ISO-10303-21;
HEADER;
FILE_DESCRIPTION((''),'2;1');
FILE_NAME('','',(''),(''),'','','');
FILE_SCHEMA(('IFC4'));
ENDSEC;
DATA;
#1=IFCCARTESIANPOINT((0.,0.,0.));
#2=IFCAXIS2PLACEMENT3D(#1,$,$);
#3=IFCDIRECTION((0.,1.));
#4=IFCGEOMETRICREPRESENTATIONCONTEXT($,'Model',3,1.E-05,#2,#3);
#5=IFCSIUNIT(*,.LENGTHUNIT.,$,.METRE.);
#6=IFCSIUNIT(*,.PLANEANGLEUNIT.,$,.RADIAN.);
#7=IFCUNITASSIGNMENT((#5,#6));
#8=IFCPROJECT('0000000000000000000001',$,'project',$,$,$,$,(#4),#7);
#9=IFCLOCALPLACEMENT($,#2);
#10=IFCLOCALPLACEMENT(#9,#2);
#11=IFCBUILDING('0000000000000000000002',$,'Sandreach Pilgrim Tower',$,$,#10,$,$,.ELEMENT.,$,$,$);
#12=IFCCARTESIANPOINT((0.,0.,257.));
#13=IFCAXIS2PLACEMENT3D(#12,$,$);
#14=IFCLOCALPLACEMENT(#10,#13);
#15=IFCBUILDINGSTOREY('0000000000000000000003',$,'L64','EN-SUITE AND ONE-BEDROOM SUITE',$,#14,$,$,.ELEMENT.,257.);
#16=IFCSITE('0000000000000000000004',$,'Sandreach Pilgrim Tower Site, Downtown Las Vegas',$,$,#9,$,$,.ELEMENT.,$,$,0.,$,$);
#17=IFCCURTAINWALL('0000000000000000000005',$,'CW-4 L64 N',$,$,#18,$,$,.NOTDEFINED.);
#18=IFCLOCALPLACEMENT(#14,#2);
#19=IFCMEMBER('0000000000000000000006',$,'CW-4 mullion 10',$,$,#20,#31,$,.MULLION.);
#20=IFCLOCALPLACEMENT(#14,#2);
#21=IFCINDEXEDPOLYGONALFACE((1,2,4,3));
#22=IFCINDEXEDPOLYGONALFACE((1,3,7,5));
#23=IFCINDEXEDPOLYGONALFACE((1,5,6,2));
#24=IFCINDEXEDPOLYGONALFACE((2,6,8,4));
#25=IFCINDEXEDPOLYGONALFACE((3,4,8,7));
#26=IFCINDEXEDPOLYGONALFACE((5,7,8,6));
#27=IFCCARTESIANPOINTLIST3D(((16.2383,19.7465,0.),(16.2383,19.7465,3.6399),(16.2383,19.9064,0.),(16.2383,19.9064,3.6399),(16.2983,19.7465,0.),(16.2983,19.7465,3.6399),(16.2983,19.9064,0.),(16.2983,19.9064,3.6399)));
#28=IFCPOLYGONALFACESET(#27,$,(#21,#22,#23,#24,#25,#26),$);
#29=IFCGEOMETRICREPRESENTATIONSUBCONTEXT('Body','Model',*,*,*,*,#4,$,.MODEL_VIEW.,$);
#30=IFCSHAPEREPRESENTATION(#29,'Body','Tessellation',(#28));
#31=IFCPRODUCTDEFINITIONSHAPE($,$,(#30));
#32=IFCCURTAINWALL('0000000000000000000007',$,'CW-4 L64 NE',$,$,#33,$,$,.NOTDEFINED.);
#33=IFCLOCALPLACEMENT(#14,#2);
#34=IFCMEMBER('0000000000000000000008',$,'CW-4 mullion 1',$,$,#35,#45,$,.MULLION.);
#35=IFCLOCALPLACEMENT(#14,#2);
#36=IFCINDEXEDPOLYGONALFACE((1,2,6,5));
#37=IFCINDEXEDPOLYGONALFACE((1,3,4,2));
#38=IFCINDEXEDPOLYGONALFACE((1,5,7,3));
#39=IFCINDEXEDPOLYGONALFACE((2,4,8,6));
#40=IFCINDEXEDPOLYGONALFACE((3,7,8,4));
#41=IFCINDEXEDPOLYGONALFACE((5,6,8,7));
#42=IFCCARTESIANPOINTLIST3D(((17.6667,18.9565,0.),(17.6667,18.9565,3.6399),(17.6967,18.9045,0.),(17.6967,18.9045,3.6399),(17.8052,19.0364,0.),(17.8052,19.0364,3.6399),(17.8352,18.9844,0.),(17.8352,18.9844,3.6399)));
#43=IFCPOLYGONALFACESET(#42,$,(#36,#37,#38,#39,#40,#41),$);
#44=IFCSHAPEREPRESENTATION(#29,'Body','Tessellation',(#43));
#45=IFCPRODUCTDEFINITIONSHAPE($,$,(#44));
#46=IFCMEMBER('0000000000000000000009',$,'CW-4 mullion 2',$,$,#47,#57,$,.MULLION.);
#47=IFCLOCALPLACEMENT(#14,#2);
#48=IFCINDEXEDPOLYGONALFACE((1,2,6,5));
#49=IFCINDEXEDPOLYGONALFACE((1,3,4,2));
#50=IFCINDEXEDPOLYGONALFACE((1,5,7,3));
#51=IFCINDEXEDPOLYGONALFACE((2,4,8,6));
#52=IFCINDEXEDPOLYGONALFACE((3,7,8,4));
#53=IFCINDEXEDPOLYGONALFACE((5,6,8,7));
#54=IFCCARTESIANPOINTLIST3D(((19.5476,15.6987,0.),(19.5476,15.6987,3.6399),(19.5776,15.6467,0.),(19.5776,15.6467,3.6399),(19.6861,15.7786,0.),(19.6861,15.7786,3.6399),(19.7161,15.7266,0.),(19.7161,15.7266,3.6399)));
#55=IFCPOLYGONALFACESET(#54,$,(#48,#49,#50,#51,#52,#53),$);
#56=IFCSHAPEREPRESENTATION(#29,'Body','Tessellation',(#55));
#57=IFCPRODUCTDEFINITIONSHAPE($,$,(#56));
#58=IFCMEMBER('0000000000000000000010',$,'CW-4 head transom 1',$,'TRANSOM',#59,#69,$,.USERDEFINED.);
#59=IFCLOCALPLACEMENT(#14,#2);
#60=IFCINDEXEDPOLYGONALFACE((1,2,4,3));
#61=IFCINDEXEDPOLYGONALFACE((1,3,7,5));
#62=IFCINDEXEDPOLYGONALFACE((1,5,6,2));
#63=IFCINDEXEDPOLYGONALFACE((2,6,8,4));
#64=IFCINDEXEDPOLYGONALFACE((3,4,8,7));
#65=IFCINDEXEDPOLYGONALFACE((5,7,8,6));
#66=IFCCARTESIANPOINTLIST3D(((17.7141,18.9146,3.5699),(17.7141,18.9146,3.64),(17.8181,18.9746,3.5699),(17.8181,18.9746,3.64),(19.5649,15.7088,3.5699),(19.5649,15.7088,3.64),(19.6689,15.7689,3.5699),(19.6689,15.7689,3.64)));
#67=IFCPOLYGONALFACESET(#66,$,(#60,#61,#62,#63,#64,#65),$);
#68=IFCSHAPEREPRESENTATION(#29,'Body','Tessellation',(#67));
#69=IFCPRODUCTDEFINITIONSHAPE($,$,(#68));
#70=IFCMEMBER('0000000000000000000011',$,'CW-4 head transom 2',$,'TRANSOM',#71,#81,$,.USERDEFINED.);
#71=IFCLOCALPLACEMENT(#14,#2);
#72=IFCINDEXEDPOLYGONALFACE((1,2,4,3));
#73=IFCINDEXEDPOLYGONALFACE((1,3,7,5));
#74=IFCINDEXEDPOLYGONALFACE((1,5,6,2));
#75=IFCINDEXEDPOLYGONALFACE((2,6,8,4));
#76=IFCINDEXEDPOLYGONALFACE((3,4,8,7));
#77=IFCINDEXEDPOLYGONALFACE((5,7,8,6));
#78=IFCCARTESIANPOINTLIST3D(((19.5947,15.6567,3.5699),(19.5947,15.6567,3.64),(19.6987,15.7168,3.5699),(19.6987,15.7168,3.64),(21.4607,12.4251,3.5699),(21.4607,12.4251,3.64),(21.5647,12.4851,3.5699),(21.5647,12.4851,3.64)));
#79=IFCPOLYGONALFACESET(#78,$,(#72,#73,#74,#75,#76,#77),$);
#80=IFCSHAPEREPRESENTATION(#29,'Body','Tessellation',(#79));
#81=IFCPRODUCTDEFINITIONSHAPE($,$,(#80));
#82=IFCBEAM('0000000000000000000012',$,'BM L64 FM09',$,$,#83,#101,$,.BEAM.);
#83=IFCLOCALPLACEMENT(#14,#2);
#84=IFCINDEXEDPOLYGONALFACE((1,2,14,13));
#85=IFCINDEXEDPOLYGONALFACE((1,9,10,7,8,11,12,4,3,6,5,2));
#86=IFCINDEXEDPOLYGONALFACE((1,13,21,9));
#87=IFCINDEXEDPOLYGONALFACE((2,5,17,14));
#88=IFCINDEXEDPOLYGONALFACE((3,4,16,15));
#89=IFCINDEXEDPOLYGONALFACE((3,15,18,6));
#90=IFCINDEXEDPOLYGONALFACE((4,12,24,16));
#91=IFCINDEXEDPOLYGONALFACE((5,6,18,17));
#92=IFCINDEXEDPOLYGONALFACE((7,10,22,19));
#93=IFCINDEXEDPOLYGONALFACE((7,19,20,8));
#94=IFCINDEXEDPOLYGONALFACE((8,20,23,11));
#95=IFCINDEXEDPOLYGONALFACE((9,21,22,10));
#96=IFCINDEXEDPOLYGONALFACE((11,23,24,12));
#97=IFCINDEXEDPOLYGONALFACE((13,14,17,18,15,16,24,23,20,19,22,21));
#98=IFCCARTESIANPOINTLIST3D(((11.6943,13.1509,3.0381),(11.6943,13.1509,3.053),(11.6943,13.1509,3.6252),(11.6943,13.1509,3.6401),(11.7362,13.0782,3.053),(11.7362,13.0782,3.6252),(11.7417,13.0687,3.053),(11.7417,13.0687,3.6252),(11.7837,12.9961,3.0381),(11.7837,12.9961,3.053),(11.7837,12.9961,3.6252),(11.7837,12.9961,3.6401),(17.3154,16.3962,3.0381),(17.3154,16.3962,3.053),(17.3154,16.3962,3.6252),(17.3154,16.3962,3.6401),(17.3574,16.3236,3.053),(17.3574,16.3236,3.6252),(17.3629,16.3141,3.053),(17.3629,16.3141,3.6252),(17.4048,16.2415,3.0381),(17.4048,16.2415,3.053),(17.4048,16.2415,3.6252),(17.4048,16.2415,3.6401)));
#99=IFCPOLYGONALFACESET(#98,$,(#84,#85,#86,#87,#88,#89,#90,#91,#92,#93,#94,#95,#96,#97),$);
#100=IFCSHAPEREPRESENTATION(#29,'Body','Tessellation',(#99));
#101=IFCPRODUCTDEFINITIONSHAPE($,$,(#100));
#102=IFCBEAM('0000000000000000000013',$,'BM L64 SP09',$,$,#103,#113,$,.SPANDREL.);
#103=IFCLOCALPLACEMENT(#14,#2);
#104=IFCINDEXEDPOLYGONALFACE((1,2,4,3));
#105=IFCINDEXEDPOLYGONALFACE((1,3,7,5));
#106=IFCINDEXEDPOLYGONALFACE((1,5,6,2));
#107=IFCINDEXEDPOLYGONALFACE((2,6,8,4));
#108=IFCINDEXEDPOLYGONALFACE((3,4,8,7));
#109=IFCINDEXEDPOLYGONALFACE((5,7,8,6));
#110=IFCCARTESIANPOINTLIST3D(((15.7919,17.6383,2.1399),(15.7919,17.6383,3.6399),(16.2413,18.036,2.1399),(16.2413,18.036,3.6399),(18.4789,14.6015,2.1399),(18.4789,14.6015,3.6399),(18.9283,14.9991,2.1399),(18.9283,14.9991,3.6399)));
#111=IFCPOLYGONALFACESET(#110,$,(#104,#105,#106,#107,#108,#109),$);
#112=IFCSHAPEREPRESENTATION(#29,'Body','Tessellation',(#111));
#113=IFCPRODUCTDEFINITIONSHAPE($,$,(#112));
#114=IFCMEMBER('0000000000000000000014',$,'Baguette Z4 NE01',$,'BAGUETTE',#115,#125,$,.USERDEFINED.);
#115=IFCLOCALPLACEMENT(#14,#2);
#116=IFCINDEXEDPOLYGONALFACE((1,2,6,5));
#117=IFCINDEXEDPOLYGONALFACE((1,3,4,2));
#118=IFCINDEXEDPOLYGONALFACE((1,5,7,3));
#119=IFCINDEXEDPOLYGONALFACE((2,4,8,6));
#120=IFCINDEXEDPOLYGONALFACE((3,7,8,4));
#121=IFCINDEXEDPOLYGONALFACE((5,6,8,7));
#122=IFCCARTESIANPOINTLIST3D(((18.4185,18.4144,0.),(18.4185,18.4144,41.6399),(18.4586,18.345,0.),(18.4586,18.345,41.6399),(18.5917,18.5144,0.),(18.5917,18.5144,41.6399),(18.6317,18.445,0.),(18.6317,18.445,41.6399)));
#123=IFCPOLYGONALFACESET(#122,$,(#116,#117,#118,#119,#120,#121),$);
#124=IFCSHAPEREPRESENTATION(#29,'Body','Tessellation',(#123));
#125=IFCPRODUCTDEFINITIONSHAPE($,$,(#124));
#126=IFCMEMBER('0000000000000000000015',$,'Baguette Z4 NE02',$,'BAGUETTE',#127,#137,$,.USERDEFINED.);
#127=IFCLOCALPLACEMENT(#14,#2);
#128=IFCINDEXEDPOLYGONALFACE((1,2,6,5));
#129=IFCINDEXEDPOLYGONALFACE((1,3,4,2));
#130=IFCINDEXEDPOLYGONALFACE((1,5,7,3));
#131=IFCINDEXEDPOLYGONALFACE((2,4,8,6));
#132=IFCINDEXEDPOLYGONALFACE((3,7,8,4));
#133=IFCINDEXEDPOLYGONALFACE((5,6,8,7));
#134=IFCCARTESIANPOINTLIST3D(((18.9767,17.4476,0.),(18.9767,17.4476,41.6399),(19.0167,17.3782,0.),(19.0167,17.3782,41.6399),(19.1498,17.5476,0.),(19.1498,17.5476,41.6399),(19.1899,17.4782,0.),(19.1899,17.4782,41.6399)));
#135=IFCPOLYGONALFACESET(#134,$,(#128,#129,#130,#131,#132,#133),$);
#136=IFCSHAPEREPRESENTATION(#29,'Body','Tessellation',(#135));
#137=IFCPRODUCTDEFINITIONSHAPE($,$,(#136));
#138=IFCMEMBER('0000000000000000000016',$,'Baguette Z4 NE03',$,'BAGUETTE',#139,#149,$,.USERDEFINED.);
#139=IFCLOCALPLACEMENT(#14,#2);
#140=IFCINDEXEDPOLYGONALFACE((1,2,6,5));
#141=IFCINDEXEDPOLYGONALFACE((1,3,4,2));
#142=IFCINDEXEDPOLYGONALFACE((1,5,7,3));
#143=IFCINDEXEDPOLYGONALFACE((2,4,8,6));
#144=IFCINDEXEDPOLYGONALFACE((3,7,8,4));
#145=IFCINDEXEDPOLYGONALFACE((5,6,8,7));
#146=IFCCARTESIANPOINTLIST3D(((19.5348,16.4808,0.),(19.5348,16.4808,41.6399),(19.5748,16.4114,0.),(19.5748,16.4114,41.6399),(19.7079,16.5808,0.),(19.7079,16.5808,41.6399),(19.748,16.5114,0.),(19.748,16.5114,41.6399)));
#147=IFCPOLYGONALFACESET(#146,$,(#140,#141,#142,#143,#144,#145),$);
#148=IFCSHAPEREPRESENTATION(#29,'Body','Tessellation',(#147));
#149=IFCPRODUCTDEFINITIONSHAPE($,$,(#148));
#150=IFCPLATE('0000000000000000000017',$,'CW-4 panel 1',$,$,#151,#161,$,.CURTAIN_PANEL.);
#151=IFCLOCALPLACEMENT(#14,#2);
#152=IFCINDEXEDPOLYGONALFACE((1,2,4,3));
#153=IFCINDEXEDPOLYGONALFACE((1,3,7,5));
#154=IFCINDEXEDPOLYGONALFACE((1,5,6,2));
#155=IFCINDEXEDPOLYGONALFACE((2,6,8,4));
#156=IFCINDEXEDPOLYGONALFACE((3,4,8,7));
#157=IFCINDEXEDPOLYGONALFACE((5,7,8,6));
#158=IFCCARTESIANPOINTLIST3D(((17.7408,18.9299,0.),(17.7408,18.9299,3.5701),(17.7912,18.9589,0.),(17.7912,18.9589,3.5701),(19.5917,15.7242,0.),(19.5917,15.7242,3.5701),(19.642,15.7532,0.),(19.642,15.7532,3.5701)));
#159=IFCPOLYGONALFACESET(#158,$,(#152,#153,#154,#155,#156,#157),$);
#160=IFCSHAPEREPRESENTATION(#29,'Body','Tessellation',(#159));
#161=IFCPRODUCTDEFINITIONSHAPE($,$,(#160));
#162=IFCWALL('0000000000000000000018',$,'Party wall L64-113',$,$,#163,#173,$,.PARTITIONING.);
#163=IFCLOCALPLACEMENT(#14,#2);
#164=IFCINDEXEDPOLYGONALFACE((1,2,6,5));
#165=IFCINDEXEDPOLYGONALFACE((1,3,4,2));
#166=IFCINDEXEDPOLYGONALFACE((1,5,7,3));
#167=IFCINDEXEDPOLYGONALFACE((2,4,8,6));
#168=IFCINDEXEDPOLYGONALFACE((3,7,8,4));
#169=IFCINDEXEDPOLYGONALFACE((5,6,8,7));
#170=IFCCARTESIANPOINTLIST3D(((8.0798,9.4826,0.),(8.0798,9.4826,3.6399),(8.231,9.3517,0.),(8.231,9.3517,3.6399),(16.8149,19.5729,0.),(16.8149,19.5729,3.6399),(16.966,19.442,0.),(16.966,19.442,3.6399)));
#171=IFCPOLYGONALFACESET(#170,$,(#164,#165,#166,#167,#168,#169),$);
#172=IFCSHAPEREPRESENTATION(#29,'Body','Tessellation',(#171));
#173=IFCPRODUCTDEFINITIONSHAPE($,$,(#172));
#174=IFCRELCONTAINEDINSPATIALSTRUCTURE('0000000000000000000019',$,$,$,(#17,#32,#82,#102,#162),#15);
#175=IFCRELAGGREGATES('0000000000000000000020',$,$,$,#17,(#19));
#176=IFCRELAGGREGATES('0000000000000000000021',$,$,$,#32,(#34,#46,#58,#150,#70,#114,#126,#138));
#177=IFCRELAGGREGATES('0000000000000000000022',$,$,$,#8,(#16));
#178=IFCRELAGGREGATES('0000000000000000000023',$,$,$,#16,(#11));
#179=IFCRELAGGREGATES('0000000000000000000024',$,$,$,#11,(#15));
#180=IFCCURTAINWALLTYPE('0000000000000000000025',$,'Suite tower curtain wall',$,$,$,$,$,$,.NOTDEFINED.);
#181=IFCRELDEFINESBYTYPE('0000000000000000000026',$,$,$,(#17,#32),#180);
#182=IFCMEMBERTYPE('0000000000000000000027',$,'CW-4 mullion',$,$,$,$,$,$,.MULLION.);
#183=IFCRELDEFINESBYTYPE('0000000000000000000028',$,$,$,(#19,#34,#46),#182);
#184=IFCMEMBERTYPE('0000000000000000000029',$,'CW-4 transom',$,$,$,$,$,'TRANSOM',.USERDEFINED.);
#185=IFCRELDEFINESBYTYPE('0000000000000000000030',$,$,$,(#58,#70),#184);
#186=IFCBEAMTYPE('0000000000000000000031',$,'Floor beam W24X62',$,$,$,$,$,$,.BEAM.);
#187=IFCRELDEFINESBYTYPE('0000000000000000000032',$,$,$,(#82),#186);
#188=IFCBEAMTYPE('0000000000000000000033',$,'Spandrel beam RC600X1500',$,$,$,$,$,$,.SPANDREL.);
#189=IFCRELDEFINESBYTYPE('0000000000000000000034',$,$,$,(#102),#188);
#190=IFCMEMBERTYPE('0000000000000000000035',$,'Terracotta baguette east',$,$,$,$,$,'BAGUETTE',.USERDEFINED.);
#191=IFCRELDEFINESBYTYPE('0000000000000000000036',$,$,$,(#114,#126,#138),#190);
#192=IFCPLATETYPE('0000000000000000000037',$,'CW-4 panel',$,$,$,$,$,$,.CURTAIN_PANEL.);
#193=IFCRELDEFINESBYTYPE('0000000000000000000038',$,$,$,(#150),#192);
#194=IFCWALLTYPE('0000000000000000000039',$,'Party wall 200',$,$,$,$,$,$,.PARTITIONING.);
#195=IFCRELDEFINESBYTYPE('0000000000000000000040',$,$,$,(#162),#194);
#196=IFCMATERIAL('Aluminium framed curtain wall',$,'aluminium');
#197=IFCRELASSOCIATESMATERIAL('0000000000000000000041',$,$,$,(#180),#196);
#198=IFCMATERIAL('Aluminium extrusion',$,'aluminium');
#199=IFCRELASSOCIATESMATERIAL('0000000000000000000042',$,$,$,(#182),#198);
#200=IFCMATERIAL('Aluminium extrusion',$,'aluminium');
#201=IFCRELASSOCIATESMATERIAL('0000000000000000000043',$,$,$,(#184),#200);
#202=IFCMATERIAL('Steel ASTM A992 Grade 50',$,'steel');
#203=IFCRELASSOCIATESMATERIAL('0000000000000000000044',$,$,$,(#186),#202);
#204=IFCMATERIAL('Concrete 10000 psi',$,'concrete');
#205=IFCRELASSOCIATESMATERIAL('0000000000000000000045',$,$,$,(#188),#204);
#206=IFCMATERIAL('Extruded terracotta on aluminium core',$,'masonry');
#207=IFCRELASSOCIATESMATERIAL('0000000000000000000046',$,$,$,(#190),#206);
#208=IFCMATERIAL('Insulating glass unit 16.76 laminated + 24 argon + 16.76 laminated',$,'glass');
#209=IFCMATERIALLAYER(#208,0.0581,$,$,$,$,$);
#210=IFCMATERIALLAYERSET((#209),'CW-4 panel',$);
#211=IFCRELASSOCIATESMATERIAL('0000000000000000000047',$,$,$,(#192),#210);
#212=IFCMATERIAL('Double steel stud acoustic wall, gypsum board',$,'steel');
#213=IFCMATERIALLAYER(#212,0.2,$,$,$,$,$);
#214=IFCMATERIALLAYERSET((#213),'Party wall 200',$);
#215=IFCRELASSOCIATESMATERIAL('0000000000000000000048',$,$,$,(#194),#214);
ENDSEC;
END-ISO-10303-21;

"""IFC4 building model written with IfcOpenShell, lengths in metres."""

from ifc_helpers import new_model, si_unit, direction, frame, frame_2d, origin, origin_2d, place, context, subcontext, project, spatial, rectangle, i_section, extrude, material, layer, layer_set, material_profile, profile_set, type_object, element, aggregate, save


model = new_model("IFC4")

# Units and contexts
model_context = context("Model", 3, precision=1e-05, world=origin(), true_north=direction((0.0, 1.0)))
body_context = subcontext(model_context, "Body", "Model", "MODEL_VIEW")
ifc_project = project(units=[si_unit("LENGTHUNIT", "METRE"), si_unit("PLANEANGLEUNIT", "RADIAN")], contexts=[model_context])

# Site, building, storey
site_placement = place(None, origin())
site = spatial("IfcSite", under=ifc_project, at=site_placement, Name="Sandreach Pilgrim Tower Site, Downtown Las Vegas", CompositionType="ELEMENT", RefElevation=0.0)
building_placement = place(site_placement, origin())
building = spatial("IfcBuilding", under=site, at=building_placement, Name="Sandreach Pilgrim Tower", CompositionType="ELEMENT")
storey_placement = place(building_placement, frame((0.0, 0.0, 257.0)))
storey = spatial("IfcBuildingStorey", under=building, at=storey_placement, Name="L64", Description="EN-SUITE AND ONE-BEDROOM SUITE", CompositionType="ELEMENT", Elevation=257.0)

# Curtain wall, member
ifc_material_1 = material(Name="Aluminium framed curtain wall", Category="aluminium")
curtain_wall_type = type_object("IfcCurtainWallType", Name="Suite tower curtain wall", PredefinedType="NOTDEFINED", material=ifc_material_1)
curtain_wall_1_placement = place(storey_placement, origin())
curtain_wall_1 = element("IfcCurtainWall", 1, at=curtain_wall_1_placement, inside=storey, type_object=curtain_wall_type, Name="CW-4 L64 N", PredefinedType="NOTDEFINED")
ifc_material_2 = material(Name="Aluminium extrusion", Category="aluminium")
ifc_material_profile_1 = material_profile(ifc_material_2, rectangle(XDim=0.0601, YDim=0.1599, at=origin_2d()), Name="CW-4M 60X160")
ifc_profile_set_1 = profile_set([ifc_material_profile_1], Name="Aluminium extrusion")
member_type_1 = type_object("IfcMemberType", Name="CW-4 mullion", PredefinedType="MULLION", material=ifc_profile_set_1)
member_1_placement = place(storey_placement, frame((16.2683, 19.8264, 0.0), z_axis=(0.0, 0.0, 1.0), x_axis=(1.0, 0.0, 0.0)))
member_1 = element("IfcMember", 2, at=member_1_placement, type_object=member_type_1, Name="CW-4 mullion 10", PredefinedType="MULLION", context=body_context, shape_type="SweptSolid", body=[
    extrude(rectangle(XDim=0.0601, YDim=0.1599, at=origin_2d()), origin(), (0.0, 0.0, 1.0), 3.6399),
])
aggregate(curtain_wall_1, [member_1])

# Curtain wall, members
curtain_wall_2_placement = place(storey_placement, origin())
curtain_wall_2 = element("IfcCurtainWall", 3, at=curtain_wall_2_placement, inside=storey, type_object=curtain_wall_type, Name="CW-4 L64 NE", PredefinedType="NOTDEFINED")
member_2_placement = place(storey_placement, frame((17.751, 18.9705, 0.0), z_axis=(0.0, 0.0, 1.0), x_axis=(0.5, -0.866025, 0.0)))
member_2 = element("IfcMember", 4, at=member_2_placement, type_object=member_type_1, Name="CW-4 mullion 1", PredefinedType="MULLION", context=body_context, shape_type="SweptSolid", body=[
    extrude(rectangle(XDim=0.0601, YDim=0.1599, at=origin_2d()), origin(), (0.0, 0.0, 1.0), 3.6399),
])
member_3_placement = place(storey_placement, frame((19.6318, 15.7126, 0.0), z_axis=(0.0, 0.0, 1.0), x_axis=(0.5, -0.866025, 0.0)))
member_3 = element("IfcMember", 5, at=member_3_placement, type_object=member_type_1, Name="CW-4 mullion 2", PredefinedType="MULLION", context=body_context, shape_type="SweptSolid", body=[
    extrude(rectangle(XDim=0.0601, YDim=0.1599, at=origin_2d()), origin(), (0.0, 0.0, 1.0), 3.6399),
])
ifc_material_3 = material(Name="Aluminium extrusion", Category="aluminium")
ifc_material_profile_2 = material_profile(ifc_material_3, rectangle(XDim=0.1201, YDim=0.0701, at=origin_2d()), Name="CW-4T 120X70")
ifc_profile_set_2 = profile_set([ifc_material_profile_2], Name="Aluminium extrusion")
member_type_2 = type_object("IfcMemberType", Name="CW-4 transom", ElementType="TRANSOM", PredefinedType="USERDEFINED", material=ifc_profile_set_2)
member_4_placement = place(storey_placement, frame((17.7661, 18.9446, 3.605), z_axis=(0.499991, -0.866031, 0.0), x_axis=(0.866031, 0.499991, 0.0)))
member_4 = element("IfcMember", 6, at=member_4_placement, type_object=member_type_2, Name="CW-4 head transom 1", ObjectType="TRANSOM", PredefinedType="USERDEFINED", context=body_context, shape_type="SweptSolid", body=[
    extrude(rectangle(XDim=0.1201, YDim=0.0701, at=origin_2d()), origin(), (0.0, 0.0, 1.0), 3.7017),
])
member_5_placement = place(storey_placement, frame((19.6467, 15.6868, 3.605), z_axis=(0.50003, -0.866008, 0.0), x_axis=(0.866008, 0.50003, 0.0)))
member_5 = element("IfcMember", 7, at=member_5_placement, type_object=member_type_2, Name="CW-4 head transom 2", ObjectType="TRANSOM", PredefinedType="USERDEFINED", context=body_context, shape_type="SweptSolid", body=[
    extrude(rectangle(XDim=0.1201, YDim=0.0701, at=origin_2d()), origin(), (0.0, 0.0, 1.0), 3.7317),
])

# Beams
ifc_material_4 = material(Name="Steel ASTM A992 Grade 50", Category="steel")
ifc_material_profile_3 = material_profile(ifc_material_4, i_section(OverallWidth=0.1787, OverallDepth=0.6021, WebThickness=0.011, FlangeThickness=0.0149, at=origin_2d()), Name="W24X62")
ifc_profile_set_3 = profile_set([ifc_material_profile_3], Name="Steel ASTM A992 Grade 50")
beam_type_1 = type_object("IfcBeamType", Name="Floor beam W24X62", PredefinedType="BEAM", material=ifc_profile_set_3)
beam_1_placement = place(storey_placement, frame((17.3601, 16.3188, 3.3391), z_axis=(-0.866024, -0.500002, 0.0), x_axis=(0.500002, -0.866024, 0.0)))
element("IfcBeam", 8, at=beam_1_placement, inside=storey, type_object=beam_type_1, Name="BM L64 FM09", PredefinedType="BEAM", context=body_context, shape_type="SweptSolid", body=[
    extrude(i_section(OverallWidth=0.1787, OverallDepth=0.6021, WebThickness=0.011, FlangeThickness=0.0149, at=origin_2d()), origin(), (0.0, 0.0, 1.0), 6.4907),
])
ifc_material_5 = material(Name="Concrete 10000 psi", Category="concrete")
ifc_material_profile_4 = material_profile(ifc_material_5, rectangle(XDim=0.6001, YDim=1.5, at=origin_2d()), Name="RC600X1500")
ifc_profile_set_4 = profile_set([ifc_material_profile_4], Name="Concrete 10000 psi")
beam_type_2 = type_object("IfcBeamType", Name="Spandrel beam RC600X1500", PredefinedType="SPANDREL", material=ifc_profile_set_4)
beam_2_placement = place(storey_placement, frame((16.0166, 17.8372, 2.8899), z_axis=(0.662651, -0.748929, 0.0), x_axis=(0.748929, 0.662651, 0.0)))
element("IfcBeam", 9, at=beam_2_placement, inside=storey, type_object=beam_type_2, Name="BM L64 SP09", PredefinedType="SPANDREL", context=body_context, shape_type="SweptSolid", body=[
    extrude(rectangle(XDim=0.6001, YDim=1.5, at=origin_2d()), origin(), (0.0, 0.0, 1.0), 4.0549),
])

# Members
ifc_material_6 = material(Name="Extruded terracotta on aluminium core", Category="masonry")
ifc_material_profile_5 = material_profile(ifc_material_6, rectangle(XDim=0.0801, YDim=0.2, at=origin_2d()), Name="TBE 80X200")
ifc_profile_set_5 = profile_set([ifc_material_profile_5], Name="Extruded terracotta on aluminium core")
member_type_3 = type_object("IfcMemberType", Name="Terracotta baguette east", ElementType="BAGUETTE", PredefinedType="USERDEFINED", material=ifc_profile_set_5)
member_6_placement = place(storey_placement, frame((18.5251, 18.4297, 0.0), z_axis=(0.0, 0.0, 1.0), x_axis=(0.5, -0.866025, 0.0)))
member_6 = element("IfcMember", 10, at=member_6_placement, type_object=member_type_3, Name="Baguette Z4 NE01", ObjectType="BAGUETTE", PredefinedType="USERDEFINED", context=body_context, shape_type="SweptSolid", body=[
    extrude(rectangle(XDim=0.0801, YDim=0.2, at=origin_2d()), origin(), (0.0, 0.0, 1.0), 41.6399),
])
member_7_placement = place(storey_placement, frame((19.0833, 17.4629, 0.0), z_axis=(0.0, 0.0, 1.0), x_axis=(0.5, -0.866025, 0.0)))
member_7 = element("IfcMember", 11, at=member_7_placement, type_object=member_type_3, Name="Baguette Z4 NE02", ObjectType="BAGUETTE", PredefinedType="USERDEFINED", context=body_context, shape_type="SweptSolid", body=[
    extrude(rectangle(XDim=0.0801, YDim=0.2, at=origin_2d()), origin(), (0.0, 0.0, 1.0), 41.6399),
])
member_8_placement = place(storey_placement, frame((19.6414, 16.4961, 0.0), z_axis=(0.0, 0.0, 1.0), x_axis=(0.5, -0.866025, 0.0)))
member_8 = element("IfcMember", 12, at=member_8_placement, type_object=member_type_3, Name="Baguette Z4 NE03", ObjectType="BAGUETTE", PredefinedType="USERDEFINED", context=body_context, shape_type="SweptSolid", body=[
    extrude(rectangle(XDim=0.0801, YDim=0.2, at=origin_2d()), origin(), (0.0, 0.0, 1.0), 41.6399),
])

# Plate
ifc_material_7 = material(Name="Insulating glass unit 16.76 laminated + 24 argon + 16.76 laminated", Category="glass")
ifc_layer_1 = layer(ifc_material_7, 0.0581)
ifc_layer_set_1 = layer_set([ifc_layer_1], Name="CW-4 panel")
plate_type = type_object("IfcPlateType", Name="CW-4 panel", PredefinedType="CURTAIN_PANEL", material=ifc_layer_set_1)
plate_placement = place(storey_placement, frame((18.6914, 17.3416, 0.0), z_axis=(0.0, 0.0, 1.0), x_axis=(0.5, -0.866025, 0.0)))
plate = element("IfcPlate", 13, at=plate_placement, type_object=plate_type, Name="CW-4 panel 1", PredefinedType="CURTAIN_PANEL", context=body_context, shape_type="SweptSolid", body=[
    extrude(rectangle(XDim=3.7017, YDim=0.0581, at=origin_2d()), origin(), (0.0, 0.0, 1.0), 3.5701),
])
aggregate(curtain_wall_2, [member_2, member_3, member_4, plate, member_5, member_6, member_7, member_8])

# Wall
ifc_material_8 = material(Name="Double steel stud acoustic wall, gypsum board", Category="steel")
ifc_layer_2 = layer(ifc_material_8, 0.2)
ifc_layer_set_2 = layer_set([ifc_layer_2], Name="Party wall 200")
wall_type_1 = type_object("IfcWallType", Name="Party wall 200", PredefinedType="PARTITIONING", material=ifc_layer_set_2)
wall_1_placement = place(storey_placement, frame((16.8904, 19.5073, 0.0), z_axis=(0.0, 0.0, 1.0), x_axis=(-0.654509, -0.756054, 0.0)))
element("IfcWall", 14, at=wall_1_placement, inside=storey, type_object=wall_type_1, Name="Party wall L64-113", PredefinedType="PARTITIONING", context=body_context, shape_type="SweptSolid", body=[
    extrude(rectangle(XDim=13.3459, YDim=0.2, at=frame_2d((6.6729, 0.0))), origin(), (0.0, 0.0, 1.0), 3.6399),
])

save(model, "model.ifc")
